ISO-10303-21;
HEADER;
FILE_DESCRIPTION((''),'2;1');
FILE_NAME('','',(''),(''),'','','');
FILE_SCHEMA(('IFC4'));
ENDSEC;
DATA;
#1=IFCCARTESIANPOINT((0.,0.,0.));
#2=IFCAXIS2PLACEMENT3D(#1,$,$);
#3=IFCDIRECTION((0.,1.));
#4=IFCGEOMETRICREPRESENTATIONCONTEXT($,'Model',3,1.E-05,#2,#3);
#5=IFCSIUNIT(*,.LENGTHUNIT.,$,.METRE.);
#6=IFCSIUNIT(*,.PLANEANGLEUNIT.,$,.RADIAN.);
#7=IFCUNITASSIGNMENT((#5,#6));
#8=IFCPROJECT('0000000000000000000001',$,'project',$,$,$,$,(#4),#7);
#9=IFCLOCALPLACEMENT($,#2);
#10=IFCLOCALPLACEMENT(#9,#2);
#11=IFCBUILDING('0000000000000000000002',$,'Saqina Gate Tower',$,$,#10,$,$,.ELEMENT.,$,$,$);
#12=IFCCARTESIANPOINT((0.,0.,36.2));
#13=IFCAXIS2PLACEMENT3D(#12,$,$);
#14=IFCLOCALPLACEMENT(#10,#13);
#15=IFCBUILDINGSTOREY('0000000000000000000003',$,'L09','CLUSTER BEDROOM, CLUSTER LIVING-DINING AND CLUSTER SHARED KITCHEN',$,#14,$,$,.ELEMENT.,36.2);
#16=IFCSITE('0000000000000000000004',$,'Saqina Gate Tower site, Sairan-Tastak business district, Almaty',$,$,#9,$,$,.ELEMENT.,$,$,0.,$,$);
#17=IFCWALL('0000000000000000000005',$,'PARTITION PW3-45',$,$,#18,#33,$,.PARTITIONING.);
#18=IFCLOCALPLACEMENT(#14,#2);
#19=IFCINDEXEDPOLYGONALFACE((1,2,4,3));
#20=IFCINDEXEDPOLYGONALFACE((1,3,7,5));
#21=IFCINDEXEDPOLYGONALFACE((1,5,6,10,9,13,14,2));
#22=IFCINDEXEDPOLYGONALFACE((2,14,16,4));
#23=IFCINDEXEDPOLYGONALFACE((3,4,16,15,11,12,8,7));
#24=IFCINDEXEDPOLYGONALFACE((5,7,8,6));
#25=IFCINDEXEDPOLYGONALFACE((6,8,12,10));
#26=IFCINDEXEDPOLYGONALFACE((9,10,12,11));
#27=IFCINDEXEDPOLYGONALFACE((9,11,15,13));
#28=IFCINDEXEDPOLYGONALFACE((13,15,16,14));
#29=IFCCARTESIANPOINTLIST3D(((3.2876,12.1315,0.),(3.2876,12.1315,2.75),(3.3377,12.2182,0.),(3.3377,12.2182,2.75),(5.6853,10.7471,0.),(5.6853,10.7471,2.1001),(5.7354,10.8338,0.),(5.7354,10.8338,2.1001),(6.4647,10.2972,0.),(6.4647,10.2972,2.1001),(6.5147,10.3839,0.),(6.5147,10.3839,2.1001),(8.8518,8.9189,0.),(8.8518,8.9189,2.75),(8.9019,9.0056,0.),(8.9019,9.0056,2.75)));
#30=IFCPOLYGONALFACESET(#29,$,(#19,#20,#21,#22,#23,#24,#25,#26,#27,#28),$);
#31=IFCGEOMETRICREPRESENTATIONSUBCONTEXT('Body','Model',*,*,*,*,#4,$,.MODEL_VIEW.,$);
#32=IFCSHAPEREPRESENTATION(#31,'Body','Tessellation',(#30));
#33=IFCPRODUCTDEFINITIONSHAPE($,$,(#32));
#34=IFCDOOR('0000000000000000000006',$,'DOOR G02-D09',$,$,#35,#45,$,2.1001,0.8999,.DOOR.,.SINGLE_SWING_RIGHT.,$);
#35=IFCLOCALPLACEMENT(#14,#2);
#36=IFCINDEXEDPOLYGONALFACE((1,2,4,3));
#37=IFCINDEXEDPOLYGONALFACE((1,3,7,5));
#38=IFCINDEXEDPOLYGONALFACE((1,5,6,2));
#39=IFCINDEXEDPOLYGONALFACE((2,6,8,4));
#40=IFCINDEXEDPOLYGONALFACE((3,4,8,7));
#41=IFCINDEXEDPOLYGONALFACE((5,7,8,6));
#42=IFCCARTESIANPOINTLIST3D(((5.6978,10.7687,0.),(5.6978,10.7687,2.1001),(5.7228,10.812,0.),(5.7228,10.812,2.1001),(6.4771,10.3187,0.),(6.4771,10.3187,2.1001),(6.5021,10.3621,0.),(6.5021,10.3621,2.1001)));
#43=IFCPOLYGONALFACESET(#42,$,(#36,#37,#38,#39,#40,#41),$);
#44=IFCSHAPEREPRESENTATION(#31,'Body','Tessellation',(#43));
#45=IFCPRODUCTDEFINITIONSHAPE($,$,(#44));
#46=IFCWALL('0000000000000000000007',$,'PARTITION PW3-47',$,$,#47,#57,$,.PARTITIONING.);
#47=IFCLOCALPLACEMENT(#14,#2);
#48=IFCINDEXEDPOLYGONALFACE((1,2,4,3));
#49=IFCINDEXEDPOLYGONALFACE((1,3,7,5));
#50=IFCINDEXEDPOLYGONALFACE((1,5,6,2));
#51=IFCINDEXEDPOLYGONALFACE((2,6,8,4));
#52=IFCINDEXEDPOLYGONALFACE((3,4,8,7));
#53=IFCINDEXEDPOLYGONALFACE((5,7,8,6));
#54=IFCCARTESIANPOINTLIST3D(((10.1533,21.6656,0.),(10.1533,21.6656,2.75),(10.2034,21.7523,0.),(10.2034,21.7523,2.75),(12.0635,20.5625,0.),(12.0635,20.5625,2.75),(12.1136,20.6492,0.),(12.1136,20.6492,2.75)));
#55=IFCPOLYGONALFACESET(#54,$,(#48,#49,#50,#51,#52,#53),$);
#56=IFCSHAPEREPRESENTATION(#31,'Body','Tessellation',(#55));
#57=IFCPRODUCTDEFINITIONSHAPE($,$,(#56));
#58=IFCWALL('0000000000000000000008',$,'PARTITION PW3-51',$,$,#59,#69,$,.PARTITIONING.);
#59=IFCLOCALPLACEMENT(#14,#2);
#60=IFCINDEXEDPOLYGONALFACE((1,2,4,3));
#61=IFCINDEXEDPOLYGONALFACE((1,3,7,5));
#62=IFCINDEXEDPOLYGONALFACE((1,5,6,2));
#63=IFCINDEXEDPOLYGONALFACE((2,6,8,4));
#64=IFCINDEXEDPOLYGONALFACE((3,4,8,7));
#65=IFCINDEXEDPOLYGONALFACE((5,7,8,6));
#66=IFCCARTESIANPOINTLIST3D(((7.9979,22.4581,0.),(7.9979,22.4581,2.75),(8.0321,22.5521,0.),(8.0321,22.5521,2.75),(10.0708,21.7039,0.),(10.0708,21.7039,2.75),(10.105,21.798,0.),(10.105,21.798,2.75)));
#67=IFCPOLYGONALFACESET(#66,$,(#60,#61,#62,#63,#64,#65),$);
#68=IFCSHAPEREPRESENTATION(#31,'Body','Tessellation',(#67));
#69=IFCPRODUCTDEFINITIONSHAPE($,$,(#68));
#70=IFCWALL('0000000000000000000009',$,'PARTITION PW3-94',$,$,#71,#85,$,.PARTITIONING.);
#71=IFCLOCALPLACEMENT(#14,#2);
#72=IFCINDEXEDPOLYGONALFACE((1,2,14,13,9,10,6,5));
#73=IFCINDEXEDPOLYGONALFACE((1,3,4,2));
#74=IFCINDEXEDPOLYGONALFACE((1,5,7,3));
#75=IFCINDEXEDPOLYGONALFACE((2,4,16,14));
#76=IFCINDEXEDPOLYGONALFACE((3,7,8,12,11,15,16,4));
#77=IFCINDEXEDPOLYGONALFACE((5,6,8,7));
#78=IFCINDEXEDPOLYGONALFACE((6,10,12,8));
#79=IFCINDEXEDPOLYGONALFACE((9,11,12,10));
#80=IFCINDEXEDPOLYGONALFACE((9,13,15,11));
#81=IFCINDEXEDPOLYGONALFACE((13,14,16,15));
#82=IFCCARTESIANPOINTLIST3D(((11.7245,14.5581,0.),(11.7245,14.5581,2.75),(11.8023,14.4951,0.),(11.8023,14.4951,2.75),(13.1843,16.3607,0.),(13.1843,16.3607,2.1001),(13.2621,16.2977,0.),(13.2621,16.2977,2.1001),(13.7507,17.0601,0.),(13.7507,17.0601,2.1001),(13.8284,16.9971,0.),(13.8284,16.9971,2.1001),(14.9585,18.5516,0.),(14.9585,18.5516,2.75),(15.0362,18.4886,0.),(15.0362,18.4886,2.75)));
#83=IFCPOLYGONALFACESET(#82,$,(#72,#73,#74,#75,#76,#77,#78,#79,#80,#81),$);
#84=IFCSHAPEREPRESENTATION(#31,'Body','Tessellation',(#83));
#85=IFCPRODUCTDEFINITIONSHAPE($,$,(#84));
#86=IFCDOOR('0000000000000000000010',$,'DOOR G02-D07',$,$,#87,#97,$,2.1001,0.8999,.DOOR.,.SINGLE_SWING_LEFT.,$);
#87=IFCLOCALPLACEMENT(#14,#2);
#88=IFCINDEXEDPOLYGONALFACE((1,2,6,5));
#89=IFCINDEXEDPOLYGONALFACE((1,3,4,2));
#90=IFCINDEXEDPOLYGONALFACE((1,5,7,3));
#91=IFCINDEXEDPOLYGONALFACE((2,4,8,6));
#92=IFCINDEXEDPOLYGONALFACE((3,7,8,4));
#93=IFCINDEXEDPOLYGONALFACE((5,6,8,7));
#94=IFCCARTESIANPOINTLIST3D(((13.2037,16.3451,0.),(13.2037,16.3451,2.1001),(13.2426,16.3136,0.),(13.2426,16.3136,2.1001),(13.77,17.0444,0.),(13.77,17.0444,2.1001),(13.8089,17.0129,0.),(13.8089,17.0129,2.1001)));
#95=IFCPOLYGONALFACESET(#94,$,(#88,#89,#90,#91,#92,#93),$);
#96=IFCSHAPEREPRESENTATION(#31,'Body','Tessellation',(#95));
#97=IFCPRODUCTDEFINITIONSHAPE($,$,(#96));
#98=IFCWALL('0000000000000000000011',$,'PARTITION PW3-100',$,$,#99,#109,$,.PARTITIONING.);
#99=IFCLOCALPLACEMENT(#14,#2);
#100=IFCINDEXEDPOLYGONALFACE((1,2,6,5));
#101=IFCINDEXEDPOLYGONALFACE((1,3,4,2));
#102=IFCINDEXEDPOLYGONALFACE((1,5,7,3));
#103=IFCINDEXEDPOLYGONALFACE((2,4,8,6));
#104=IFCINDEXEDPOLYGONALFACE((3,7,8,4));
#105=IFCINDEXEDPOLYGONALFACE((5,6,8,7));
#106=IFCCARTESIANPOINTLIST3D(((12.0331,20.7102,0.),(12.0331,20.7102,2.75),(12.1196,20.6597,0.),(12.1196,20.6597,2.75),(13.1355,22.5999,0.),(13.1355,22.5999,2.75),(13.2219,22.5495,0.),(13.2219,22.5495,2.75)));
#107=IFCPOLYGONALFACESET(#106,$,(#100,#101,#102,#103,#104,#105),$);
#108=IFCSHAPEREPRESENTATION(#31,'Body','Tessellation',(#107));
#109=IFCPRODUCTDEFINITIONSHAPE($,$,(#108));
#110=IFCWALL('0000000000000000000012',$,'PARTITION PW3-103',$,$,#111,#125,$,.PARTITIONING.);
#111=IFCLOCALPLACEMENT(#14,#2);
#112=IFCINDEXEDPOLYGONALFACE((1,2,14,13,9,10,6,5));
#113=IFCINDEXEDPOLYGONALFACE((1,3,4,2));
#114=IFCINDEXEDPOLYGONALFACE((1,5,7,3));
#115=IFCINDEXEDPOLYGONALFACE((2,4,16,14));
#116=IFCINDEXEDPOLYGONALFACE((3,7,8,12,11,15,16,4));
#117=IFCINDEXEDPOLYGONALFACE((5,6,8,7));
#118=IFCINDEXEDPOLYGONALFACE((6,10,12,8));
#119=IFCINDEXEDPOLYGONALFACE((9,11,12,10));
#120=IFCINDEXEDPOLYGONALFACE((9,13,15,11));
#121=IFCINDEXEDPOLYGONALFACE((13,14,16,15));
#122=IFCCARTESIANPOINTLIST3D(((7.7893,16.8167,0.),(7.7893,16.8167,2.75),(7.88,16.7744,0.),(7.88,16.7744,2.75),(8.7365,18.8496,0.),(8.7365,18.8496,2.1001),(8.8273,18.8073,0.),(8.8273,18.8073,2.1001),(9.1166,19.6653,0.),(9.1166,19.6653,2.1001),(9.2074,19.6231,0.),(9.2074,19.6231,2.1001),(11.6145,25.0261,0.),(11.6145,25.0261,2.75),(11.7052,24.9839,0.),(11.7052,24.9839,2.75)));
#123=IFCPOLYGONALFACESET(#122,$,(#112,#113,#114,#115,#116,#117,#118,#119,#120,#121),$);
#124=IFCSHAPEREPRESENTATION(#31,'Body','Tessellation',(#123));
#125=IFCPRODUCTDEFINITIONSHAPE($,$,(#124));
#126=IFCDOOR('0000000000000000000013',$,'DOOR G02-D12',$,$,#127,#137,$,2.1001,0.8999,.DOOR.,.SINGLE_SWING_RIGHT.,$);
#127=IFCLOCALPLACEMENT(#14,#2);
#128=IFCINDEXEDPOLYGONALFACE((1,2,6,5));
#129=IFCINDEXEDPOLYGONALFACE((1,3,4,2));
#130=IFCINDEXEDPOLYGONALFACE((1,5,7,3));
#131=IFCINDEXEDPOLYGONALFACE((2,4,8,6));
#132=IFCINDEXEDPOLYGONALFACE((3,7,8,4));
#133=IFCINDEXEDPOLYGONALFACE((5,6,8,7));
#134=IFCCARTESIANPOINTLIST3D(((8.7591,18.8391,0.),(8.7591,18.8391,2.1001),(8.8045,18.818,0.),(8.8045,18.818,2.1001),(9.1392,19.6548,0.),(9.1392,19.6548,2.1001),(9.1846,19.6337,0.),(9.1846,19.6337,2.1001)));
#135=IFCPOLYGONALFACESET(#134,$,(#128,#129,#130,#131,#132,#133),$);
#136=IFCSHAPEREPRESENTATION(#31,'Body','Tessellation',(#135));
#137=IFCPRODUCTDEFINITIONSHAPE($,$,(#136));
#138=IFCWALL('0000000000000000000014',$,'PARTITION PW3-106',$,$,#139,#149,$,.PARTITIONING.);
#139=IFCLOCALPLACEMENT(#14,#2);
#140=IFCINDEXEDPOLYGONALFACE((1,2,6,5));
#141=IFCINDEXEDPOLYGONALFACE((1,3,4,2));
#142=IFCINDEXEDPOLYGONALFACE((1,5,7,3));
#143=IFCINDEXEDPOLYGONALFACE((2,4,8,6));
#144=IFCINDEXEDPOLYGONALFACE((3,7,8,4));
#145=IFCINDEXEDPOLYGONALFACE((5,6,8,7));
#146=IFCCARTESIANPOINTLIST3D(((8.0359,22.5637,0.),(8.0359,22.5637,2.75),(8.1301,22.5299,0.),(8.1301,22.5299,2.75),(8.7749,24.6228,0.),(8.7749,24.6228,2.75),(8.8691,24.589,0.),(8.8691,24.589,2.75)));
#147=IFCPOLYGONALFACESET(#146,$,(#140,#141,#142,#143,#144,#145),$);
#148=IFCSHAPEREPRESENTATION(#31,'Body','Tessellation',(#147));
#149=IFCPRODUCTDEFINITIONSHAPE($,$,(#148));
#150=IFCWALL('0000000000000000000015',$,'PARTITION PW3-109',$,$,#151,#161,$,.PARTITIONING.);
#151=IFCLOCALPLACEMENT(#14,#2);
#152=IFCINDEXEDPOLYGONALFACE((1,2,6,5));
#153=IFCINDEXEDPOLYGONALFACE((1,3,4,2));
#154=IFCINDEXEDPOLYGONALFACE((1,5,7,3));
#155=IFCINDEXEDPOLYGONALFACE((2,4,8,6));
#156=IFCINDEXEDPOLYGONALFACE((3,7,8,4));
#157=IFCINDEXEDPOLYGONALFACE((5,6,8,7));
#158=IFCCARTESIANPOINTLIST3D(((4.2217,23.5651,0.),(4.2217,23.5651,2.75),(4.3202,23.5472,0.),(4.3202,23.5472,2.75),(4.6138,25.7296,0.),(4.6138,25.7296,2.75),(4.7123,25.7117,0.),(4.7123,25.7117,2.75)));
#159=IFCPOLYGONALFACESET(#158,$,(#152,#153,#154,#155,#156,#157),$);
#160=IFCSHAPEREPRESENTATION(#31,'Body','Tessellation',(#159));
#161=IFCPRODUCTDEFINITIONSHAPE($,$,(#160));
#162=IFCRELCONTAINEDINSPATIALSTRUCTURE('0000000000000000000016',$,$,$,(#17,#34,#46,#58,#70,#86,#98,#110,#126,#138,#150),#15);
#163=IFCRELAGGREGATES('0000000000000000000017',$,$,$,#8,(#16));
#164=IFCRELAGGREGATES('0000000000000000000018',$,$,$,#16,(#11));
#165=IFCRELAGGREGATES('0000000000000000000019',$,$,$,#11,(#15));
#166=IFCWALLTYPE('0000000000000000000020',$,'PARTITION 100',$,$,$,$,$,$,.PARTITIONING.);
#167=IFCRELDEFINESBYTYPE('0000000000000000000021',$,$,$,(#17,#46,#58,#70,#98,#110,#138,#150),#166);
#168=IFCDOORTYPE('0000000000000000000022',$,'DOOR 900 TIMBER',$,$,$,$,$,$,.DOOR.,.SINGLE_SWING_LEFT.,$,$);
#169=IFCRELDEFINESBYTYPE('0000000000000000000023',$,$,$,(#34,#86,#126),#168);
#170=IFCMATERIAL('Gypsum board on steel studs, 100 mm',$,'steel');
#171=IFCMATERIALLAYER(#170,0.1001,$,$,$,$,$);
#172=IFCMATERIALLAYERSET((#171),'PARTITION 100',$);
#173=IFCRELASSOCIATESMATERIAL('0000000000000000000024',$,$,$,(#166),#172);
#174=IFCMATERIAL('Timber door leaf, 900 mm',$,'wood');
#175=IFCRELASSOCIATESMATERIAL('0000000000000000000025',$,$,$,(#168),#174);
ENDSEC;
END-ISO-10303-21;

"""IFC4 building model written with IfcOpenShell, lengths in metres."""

from ifc_helpers import new_model, si_unit, direction, frame, frame_2d, origin, place, context, subcontext, project, spatial, rectangle, extrude, material, layer, layer_set, type_object, element, fill, save


model = new_model("IFC4")

# Units and contexts
model_context = context("Model", 3, precision=1e-05, world=origin(), true_north=direction((0.0, 1.0)))
body_context = subcontext(model_context, "Body", "Model", "MODEL_VIEW")
ifc_project = project(units=[si_unit("LENGTHUNIT", "METRE"), si_unit("PLANEANGLEUNIT", "RADIAN")], contexts=[model_context])

# Site, building, storey
site_placement = place(None, origin())
site = spatial("IfcSite", under=ifc_project, at=site_placement, Name="Saqina Gate Tower site, Sairan-Tastak business district, Almaty", CompositionType="ELEMENT", RefElevation=0.0)
building_placement = place(site_placement, origin())
building = spatial("IfcBuilding", under=site, at=building_placement, Name="Saqina Gate Tower", CompositionType="ELEMENT")
storey_placement = place(building_placement, frame((0.0, 0.0, 36.2)))
storey = spatial("IfcBuildingStorey", under=building, at=storey_placement, Name="L09", Description="CLUSTER BEDROOM, CLUSTER LIVING-DINING AND CLUSTER SHARED KITCHEN", CompositionType="ELEMENT", Elevation=36.2)

# Wall, opening, door
ifc_material_1 = material(Name="Gypsum board on steel studs, 100 mm", Category="steel")
ifc_layer_1 = layer(ifc_material_1, 0.1001)
ifc_layer_set_1 = layer_set([ifc_layer_1], Name="PARTITION 100")
wall_type_1 = type_object("IfcWallType", Name="PARTITION 100", PredefinedType="PARTITIONING", material=ifc_layer_set_1)
wall_1_placement = place(storey_placement, frame((3.3127, 12.1748, 0.0), z_axis=(0.0, 0.0, 1.0), x_axis=(0.866015, -0.500017, 0.0)))
wall_1 = element("IfcWall", 1, at=wall_1_placement, inside=storey, type_object=wall_type_1, Name="PARTITION PW3-45", PredefinedType="PARTITIONING", context=body_context, shape_type="SweptSolid", body=[
    extrude(rectangle(XDim=6.425, YDim=0.1001, at=frame_2d((3.2124, 0.0))), origin(), (0.0, 0.0, 1.0), 2.75),
])
opening_1_placement = place(wall_1_placement, frame((2.7686, 0.0, 0.0)))
opening_1 = element("IfcOpeningElement", 2, at=opening_1_placement, cuts=wall_1, PredefinedType="OPENING", context=body_context, shape_type="SweptSolid", body=[
    extrude(rectangle(XDim=0.8999, YDim=2.1001, at=frame_2d((0.45, 1.05))), frame((0.0, 0.062, 0.0), z_axis=(0.0, -1.0, 0.0), x_axis=(1.0, 0.0, 0.0)), (0.0, 0.0, 1.0), 0.124),
])
ifc_material_2 = material(Name="Timber door leaf, 900 mm", Category="wood")
door_type_1 = type_object("IfcDoorType", Name="DOOR 900 TIMBER", OperationType="SINGLE_SWING_LEFT", PredefinedType="DOOR", material=ifc_material_2)
door_1_placement = place(opening_1_placement, origin())
door_1 = element("IfcDoor", 3, at=door_1_placement, inside=storey, type_object=door_type_1, Name="DOOR G02-D09", OperationType="SINGLE_SWING_RIGHT", OverallHeight=2.1001, OverallWidth=0.8999, PredefinedType="DOOR", context=body_context, shape_type="SweptSolid", body=[
    extrude(rectangle(XDim=0.8999, YDim=2.1001, at=frame_2d((0.45, 1.05))), frame((0.0, 0.0249, 0.0), z_axis=(0.0, -1.0, 0.0), x_axis=(1.0, 0.0, 0.0)), (0.0, 0.0, 1.0), 0.05),
])
fill(opening_1, door_1)

# Walls
for number, where, z_axis, x_axis, name in (
    (4, (10.1782, 21.709, 0.0), (0.0, 0.0, 1.0), (0.865987, -0.500067, 0.0), "PARTITION PW3-47"),
    (5, (8.0149, 22.5051, 0.0), (0.0, 0.0, 1.0), (0.939745, -0.341876, 0.0), "PARTITION PW3-51"),
):
    element("IfcWall", number, at=place(storey_placement, frame(where, z_axis=z_axis, x_axis=x_axis)), inside=storey, type_object=wall_type_1, Name=name, PredefinedType="PARTITIONING", context=body_context, shape_type="SweptSolid", body=[
        extrude(rectangle(XDim=2.2058, YDim=0.1001, at=frame_2d((1.103, 0.0))), origin(), (0.0, 0.0, 1.0), 2.75),
    ])

# Wall, opening, door
wall_2_placement = place(storey_placement, frame((11.7634, 14.5266, 0.0), z_axis=(0.0, 0.0, 1.0), x_axis=(0.629331, 0.777138, 0.0)))
wall_2 = element("IfcWall", 6, at=wall_2_placement, inside=storey, type_object=wall_type_1, Name="PARTITION PW3-94", PredefinedType="PARTITIONING", context=body_context, shape_type="SweptSolid", body=[
    extrude(rectangle(XDim=5.1387, YDim=0.1001, at=frame_2d((2.5693, 0.0))), origin(), (0.0, 0.0, 1.0), 2.75),
])
opening_2_placement = place(wall_2_placement, frame((2.3196, 0.0, 0.0)))
opening_2 = element("IfcOpeningElement", 7, at=opening_2_placement, cuts=wall_2, PredefinedType="OPENING", context=body_context, shape_type="SweptSolid", body=[
    extrude(rectangle(XDim=0.8999, YDim=2.1001, at=frame_2d((0.45, 1.05))), frame((0.0, 0.062, 0.0), z_axis=(0.0, -1.0, 0.0), x_axis=(1.0, 0.0, 0.0)), (0.0, 0.0, 1.0), 0.124),
])
door_2_placement = place(opening_2_placement, frame((0.8999, 0.0, 0.0), z_axis=(0.0, 0.0, 1.0), x_axis=(-1.0, 0.0, 0.0)))
door_2 = element("IfcDoor", 8, at=door_2_placement, inside=storey, type_object=door_type_1, Name="DOOR G02-D07", OperationType="SINGLE_SWING_LEFT", OverallHeight=2.1001, OverallWidth=0.8999, PredefinedType="DOOR", context=body_context, shape_type="SweptSolid", body=[
    extrude(rectangle(XDim=0.8999, YDim=2.1001, at=frame_2d((0.45, 1.05))), frame((0.0, 0.0249, 0.0), z_axis=(0.0, -1.0, 0.0), x_axis=(1.0, 0.0, 0.0)), (0.0, 0.0, 1.0), 0.05),
])
fill(opening_2, door_2)

# Wall
wall_3_placement = place(storey_placement, frame((12.0764, 20.6851, 0.0), z_axis=(0.0, 0.0, 1.0), x_axis=(0.503871, 0.863779, 0.0)))
element("IfcWall", 9, at=wall_3_placement, inside=storey, type_object=wall_type_1, Name="PARTITION PW3-100", PredefinedType="PARTITIONING", context=body_context, shape_type="SweptSolid", body=[
    extrude(rectangle(XDim=2.1877, YDim=0.1001, at=frame_2d((1.0938, 0.0))), origin(), (0.0, 0.0, 1.0), 2.75),
])

# Wall, opening, door
wall_4_placement = place(storey_placement, frame((7.8347, 16.7957, 0.0), z_axis=(0.0, 0.0, 1.0), x_axis=(0.422351, 0.906432, 0.0)))
wall_4 = element("IfcWall", 10, at=wall_4_placement, inside=storey, type_object=wall_type_1, Name="PARTITION PW3-103", PredefinedType="PARTITIONING", context=body_context, shape_type="SweptSolid", body=[
    extrude(rectangle(XDim=9.0569, YDim=0.1001, at=frame_2d((4.5283, 0.0))), origin(), (0.0, 0.0, 1.0), 2.75),
])
opening_3_placement = place(wall_4_placement, frame((2.2427, 0.0, 0.0)))
opening_3 = element("IfcOpeningElement", 11, at=opening_3_placement, cuts=wall_4, PredefinedType="OPENING", context=body_context, shape_type="SweptSolid", body=[
    extrude(rectangle(XDim=0.8999, YDim=2.1001, at=frame_2d((0.45, 1.05))), frame((0.0, 0.062, 0.0), z_axis=(0.0, -1.0, 0.0), x_axis=(1.0, 0.0, 0.0)), (0.0, 0.0, 1.0), 0.124),
])
door_3_placement = place(opening_3_placement, frame((0.8999, 0.0, 0.0), z_axis=(0.0, 0.0, 1.0), x_axis=(-1.0, 0.0, 0.0)))
door_3 = element("IfcDoor", 12, at=door_3_placement, inside=storey, type_object=door_type_1, Name="DOOR G02-D12", OperationType="SINGLE_SWING_RIGHT", OverallHeight=2.1001, OverallWidth=0.8999, PredefinedType="DOOR", context=body_context, shape_type="SweptSolid", body=[
    extrude(rectangle(XDim=0.8999, YDim=2.1001, at=frame_2d((0.45, 1.05))), frame((0.0, 0.0249, 0.0), z_axis=(0.0, -1.0, 0.0), x_axis=(1.0, 0.0, 0.0)), (0.0, 0.0, 1.0), 0.05),
])
fill(opening_3, door_3)

# Walls
wall_5_placement = place(storey_placement, frame((8.083, 22.5469, 0.0), z_axis=(0.0, 0.0, 1.0), x_axis=(0.337806, 0.941216, 0.0)))
element("IfcWall", 13, at=wall_5_placement, inside=storey, type_object=wall_type_1, Name="PARTITION PW3-106", PredefinedType="PARTITIONING", context=body_context, shape_type="SweptSolid", body=[
    extrude(rectangle(XDim=2.1877, YDim=0.1001, at=frame_2d((1.0938, 0.0))), origin(), (0.0, 0.0, 1.0), 2.75),
])
wall_6_placement = place(storey_placement, frame((4.271, 23.5562, 0.0), z_axis=(0.0, 0.0, 1.0), x_axis=(0.178241, 0.983987, 0.0)))
element("IfcWall", 14, at=wall_6_placement, inside=storey, type_object=wall_type_1, Name="PARTITION PW3-109", PredefinedType="PARTITIONING", context=body_context, shape_type="SweptSolid", body=[
    extrude(rectangle(XDim=2.1997, YDim=0.1001, at=frame_2d((1.0999, 0.0))), origin(), (0.0, 0.0, 1.0), 2.75),
])

save(model, "model.ifc")
